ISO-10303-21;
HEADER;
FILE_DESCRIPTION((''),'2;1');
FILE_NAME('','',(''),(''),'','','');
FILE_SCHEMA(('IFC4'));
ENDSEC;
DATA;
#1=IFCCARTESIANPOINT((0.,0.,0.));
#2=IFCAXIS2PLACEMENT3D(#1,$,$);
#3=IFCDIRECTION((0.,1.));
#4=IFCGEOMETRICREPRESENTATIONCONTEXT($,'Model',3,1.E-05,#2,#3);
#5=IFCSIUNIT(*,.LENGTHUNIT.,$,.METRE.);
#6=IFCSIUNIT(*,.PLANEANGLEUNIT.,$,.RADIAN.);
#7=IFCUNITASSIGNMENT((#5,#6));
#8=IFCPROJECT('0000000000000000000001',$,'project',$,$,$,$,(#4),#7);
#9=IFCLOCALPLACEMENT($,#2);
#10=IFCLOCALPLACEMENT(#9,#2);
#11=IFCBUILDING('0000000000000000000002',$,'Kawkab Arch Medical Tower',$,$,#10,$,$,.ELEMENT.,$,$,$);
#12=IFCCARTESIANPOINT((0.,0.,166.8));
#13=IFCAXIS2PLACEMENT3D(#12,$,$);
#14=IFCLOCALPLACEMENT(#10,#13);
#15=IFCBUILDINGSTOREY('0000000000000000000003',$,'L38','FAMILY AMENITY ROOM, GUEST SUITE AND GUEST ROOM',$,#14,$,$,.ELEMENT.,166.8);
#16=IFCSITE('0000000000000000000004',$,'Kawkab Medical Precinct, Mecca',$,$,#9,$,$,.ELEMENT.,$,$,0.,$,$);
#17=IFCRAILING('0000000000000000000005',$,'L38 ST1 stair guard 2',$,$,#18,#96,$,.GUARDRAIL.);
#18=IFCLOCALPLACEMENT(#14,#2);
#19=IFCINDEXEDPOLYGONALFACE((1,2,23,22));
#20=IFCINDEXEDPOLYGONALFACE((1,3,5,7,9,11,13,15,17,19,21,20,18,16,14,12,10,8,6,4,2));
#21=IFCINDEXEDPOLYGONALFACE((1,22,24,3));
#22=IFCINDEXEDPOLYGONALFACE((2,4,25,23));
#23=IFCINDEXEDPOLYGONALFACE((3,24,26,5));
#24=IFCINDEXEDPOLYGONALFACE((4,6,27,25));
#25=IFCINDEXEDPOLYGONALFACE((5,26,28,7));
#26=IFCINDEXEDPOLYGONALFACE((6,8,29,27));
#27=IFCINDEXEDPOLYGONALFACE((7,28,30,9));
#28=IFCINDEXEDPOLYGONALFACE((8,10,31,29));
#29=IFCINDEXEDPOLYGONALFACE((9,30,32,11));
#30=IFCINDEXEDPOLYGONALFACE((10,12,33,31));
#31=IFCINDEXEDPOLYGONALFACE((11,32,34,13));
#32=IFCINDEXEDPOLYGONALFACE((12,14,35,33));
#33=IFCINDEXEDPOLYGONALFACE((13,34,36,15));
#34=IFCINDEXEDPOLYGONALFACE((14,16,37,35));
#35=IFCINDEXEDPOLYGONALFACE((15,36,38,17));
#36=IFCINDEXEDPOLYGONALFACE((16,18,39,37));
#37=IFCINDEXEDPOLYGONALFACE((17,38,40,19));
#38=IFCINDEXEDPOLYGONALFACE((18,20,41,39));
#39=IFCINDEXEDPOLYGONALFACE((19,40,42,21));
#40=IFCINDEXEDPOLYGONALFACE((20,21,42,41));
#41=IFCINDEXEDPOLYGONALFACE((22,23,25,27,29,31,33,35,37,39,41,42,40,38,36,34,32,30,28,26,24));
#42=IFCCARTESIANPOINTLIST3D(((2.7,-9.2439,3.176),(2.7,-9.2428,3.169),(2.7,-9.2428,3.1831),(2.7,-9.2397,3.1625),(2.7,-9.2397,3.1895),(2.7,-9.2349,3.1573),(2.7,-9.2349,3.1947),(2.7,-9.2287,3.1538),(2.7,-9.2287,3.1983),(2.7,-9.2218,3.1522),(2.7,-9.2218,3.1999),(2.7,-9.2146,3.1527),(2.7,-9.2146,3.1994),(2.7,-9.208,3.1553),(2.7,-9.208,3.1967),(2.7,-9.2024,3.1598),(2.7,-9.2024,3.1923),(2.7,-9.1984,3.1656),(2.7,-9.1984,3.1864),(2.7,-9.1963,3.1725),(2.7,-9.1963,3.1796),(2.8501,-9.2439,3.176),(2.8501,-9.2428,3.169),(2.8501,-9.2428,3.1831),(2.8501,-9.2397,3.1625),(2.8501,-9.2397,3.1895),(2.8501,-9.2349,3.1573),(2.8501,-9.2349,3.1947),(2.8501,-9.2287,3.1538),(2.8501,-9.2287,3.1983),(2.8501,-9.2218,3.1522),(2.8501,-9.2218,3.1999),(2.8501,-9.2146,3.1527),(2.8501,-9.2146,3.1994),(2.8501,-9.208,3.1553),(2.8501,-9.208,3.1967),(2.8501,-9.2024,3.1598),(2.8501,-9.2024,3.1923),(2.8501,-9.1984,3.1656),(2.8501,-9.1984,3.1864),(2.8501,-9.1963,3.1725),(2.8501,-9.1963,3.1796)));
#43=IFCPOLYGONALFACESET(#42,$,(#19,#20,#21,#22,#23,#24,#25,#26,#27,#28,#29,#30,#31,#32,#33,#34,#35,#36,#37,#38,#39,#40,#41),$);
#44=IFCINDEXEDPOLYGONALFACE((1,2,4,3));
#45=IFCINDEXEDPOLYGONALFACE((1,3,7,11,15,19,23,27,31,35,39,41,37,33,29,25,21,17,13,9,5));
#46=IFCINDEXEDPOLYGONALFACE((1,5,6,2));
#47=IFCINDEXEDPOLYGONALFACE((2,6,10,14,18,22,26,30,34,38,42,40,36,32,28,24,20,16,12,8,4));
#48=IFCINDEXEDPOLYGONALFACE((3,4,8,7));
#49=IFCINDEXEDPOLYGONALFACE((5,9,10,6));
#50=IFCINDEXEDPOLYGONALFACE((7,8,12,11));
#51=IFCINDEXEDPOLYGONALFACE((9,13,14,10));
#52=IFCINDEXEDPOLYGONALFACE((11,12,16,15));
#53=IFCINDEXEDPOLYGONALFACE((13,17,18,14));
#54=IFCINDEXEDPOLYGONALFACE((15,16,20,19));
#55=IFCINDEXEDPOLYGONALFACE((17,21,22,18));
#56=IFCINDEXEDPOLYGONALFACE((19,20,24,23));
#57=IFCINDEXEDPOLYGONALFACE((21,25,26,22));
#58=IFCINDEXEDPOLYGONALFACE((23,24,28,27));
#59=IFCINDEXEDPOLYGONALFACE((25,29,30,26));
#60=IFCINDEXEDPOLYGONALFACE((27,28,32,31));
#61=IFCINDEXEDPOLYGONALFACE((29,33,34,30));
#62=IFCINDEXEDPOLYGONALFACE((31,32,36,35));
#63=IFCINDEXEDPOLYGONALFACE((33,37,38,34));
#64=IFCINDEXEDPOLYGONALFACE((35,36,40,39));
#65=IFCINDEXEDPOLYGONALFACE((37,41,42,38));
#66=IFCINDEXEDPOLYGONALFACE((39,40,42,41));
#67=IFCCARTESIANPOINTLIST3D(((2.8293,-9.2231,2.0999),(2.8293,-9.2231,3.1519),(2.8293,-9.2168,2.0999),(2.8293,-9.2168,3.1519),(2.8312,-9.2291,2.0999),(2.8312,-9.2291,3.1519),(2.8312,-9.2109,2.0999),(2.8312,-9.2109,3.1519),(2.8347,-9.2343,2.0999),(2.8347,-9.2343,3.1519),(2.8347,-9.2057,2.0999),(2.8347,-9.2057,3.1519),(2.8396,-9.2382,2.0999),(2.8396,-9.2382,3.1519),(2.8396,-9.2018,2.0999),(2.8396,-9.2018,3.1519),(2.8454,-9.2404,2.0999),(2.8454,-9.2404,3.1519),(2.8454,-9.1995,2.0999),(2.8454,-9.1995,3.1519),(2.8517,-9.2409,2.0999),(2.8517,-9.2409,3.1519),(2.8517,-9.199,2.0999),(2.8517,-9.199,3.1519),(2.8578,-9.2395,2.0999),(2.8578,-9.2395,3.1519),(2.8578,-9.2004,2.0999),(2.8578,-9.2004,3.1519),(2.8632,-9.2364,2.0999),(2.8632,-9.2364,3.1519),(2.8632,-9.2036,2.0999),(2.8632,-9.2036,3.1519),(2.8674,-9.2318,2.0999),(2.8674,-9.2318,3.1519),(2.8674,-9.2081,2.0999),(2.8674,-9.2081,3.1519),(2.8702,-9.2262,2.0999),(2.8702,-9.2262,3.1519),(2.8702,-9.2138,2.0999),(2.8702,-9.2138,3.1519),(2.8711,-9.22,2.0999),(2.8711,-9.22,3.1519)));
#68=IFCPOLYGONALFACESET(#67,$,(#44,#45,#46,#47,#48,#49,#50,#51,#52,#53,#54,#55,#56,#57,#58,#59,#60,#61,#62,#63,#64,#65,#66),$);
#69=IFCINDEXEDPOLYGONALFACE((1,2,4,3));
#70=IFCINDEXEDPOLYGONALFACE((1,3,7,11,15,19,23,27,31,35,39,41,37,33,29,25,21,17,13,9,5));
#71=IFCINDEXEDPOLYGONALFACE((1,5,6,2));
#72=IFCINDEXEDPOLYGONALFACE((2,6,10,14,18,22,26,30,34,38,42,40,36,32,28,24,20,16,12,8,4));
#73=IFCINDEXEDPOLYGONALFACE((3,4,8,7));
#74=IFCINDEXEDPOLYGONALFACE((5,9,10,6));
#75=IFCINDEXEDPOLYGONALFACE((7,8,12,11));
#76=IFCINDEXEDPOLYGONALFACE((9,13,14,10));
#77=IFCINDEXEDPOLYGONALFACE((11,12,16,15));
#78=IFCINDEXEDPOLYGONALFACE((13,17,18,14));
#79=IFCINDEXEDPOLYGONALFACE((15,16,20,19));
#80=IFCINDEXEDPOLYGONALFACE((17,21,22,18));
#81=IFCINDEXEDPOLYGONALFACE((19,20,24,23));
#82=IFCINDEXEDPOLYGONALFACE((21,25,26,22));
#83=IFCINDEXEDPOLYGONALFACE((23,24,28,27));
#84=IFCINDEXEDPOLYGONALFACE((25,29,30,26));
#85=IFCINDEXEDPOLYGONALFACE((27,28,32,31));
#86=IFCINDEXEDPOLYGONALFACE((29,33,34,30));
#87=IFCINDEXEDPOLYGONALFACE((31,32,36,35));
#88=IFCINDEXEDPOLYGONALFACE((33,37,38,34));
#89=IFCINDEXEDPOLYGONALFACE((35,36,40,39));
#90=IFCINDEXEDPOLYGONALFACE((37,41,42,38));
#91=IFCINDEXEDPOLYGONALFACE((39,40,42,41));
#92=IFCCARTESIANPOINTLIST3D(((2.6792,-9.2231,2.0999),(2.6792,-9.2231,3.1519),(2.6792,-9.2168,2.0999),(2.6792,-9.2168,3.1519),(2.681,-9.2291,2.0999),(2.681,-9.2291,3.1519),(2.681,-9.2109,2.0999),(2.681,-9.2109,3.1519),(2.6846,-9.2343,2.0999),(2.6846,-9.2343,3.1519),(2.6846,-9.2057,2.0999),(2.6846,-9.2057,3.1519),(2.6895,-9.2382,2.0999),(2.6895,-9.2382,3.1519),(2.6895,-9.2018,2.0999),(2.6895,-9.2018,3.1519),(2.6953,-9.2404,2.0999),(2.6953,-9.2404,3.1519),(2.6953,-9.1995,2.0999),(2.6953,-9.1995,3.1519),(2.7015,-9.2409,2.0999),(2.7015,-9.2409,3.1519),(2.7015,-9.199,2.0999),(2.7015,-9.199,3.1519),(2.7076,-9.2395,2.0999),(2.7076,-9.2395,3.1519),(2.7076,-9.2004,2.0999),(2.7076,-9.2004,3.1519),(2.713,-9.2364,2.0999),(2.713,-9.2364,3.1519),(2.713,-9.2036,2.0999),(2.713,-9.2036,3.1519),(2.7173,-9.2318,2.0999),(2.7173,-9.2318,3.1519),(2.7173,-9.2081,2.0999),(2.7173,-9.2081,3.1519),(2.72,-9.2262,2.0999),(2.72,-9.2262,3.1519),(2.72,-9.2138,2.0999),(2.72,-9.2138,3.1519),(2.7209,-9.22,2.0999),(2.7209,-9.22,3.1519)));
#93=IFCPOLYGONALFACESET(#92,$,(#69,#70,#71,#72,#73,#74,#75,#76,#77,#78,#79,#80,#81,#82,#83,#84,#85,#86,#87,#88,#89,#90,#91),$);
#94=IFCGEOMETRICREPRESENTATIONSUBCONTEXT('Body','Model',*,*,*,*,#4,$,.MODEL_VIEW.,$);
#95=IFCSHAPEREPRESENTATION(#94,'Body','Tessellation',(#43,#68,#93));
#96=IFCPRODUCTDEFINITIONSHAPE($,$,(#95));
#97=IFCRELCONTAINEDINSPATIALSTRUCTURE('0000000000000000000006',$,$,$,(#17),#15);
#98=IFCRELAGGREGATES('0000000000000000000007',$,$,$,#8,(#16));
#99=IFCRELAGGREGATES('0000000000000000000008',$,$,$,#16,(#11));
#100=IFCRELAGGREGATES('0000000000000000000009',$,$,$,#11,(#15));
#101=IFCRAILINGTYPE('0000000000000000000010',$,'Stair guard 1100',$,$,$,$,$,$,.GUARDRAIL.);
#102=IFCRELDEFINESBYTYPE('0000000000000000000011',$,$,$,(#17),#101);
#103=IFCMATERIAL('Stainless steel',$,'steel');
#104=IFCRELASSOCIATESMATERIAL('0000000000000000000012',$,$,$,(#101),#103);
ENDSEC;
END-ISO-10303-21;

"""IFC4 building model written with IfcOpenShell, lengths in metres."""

from ifc_helpers import new_model, si_unit, direction, frame, origin, origin_2d, place, context, subcontext, project, spatial, circle, extrude, material, type_object, element, save


model = new_model("IFC4")

# Units and contexts
model_context = context("Model", 3, precision=1e-05, world=origin(), true_north=direction((0.0, 1.0)))
body_context = subcontext(model_context, "Body", "Model", "MODEL_VIEW")
ifc_project = project(units=[si_unit("LENGTHUNIT", "METRE"), si_unit("PLANEANGLEUNIT", "RADIAN")], contexts=[model_context])

# Site, building, storey
site_placement = place(None, origin())
site = spatial("IfcSite", under=ifc_project, at=site_placement, Name="Kawkab Medical Precinct, Mecca", CompositionType="ELEMENT", RefElevation=0.0)
building_placement = place(site_placement, origin())
building = spatial("IfcBuilding", under=site, at=building_placement, Name="Kawkab Arch Medical Tower", CompositionType="ELEMENT")
storey_placement = place(building_placement, frame((0.0, 0.0, 166.8)))
storey = spatial("IfcBuildingStorey", under=building, at=storey_placement, Name="L38", Description="FAMILY AMENITY ROOM, GUEST SUITE AND GUEST ROOM", CompositionType="ELEMENT", Elevation=166.8)

# Railing
ifc_material_1 = material(Name="Stainless steel", Category="steel")
railing_type_1 = type_object("IfcRailingType", Name="Stair guard 1100", PredefinedType="GUARDRAIL", material=ifc_material_1)
railing_1_placement = place(storey_placement, frame((2.8501, -9.22, 2.0999)))
element("IfcRailing", 1, at=railing_1_placement, inside=storey, type_object=railing_type_1, Name="L38 ST1 stair guard 2", PredefinedType="GUARDRAIL", context=body_context, shape_type="SweptSolid", body=[
    extrude(circle(Radius=0.0239, at=origin_2d()), frame((0.0, 0.0, 1.0762), z_axis=(-1.0, 0.0, 0.0), x_axis=(0.0, -1.0, 0.0)), (0.0, 0.0, 1.0), 0.1501),
    extrude(circle(Radius=0.021, at=origin_2d()), origin(), (0.0, 0.0, 1.0), 1.052),
    extrude(circle(Radius=0.021, at=origin_2d()), frame((-0.1501, 0.0, 0.0)), (0.0, 0.0, 1.0), 1.052),
])

save(model, "model.ifc")
